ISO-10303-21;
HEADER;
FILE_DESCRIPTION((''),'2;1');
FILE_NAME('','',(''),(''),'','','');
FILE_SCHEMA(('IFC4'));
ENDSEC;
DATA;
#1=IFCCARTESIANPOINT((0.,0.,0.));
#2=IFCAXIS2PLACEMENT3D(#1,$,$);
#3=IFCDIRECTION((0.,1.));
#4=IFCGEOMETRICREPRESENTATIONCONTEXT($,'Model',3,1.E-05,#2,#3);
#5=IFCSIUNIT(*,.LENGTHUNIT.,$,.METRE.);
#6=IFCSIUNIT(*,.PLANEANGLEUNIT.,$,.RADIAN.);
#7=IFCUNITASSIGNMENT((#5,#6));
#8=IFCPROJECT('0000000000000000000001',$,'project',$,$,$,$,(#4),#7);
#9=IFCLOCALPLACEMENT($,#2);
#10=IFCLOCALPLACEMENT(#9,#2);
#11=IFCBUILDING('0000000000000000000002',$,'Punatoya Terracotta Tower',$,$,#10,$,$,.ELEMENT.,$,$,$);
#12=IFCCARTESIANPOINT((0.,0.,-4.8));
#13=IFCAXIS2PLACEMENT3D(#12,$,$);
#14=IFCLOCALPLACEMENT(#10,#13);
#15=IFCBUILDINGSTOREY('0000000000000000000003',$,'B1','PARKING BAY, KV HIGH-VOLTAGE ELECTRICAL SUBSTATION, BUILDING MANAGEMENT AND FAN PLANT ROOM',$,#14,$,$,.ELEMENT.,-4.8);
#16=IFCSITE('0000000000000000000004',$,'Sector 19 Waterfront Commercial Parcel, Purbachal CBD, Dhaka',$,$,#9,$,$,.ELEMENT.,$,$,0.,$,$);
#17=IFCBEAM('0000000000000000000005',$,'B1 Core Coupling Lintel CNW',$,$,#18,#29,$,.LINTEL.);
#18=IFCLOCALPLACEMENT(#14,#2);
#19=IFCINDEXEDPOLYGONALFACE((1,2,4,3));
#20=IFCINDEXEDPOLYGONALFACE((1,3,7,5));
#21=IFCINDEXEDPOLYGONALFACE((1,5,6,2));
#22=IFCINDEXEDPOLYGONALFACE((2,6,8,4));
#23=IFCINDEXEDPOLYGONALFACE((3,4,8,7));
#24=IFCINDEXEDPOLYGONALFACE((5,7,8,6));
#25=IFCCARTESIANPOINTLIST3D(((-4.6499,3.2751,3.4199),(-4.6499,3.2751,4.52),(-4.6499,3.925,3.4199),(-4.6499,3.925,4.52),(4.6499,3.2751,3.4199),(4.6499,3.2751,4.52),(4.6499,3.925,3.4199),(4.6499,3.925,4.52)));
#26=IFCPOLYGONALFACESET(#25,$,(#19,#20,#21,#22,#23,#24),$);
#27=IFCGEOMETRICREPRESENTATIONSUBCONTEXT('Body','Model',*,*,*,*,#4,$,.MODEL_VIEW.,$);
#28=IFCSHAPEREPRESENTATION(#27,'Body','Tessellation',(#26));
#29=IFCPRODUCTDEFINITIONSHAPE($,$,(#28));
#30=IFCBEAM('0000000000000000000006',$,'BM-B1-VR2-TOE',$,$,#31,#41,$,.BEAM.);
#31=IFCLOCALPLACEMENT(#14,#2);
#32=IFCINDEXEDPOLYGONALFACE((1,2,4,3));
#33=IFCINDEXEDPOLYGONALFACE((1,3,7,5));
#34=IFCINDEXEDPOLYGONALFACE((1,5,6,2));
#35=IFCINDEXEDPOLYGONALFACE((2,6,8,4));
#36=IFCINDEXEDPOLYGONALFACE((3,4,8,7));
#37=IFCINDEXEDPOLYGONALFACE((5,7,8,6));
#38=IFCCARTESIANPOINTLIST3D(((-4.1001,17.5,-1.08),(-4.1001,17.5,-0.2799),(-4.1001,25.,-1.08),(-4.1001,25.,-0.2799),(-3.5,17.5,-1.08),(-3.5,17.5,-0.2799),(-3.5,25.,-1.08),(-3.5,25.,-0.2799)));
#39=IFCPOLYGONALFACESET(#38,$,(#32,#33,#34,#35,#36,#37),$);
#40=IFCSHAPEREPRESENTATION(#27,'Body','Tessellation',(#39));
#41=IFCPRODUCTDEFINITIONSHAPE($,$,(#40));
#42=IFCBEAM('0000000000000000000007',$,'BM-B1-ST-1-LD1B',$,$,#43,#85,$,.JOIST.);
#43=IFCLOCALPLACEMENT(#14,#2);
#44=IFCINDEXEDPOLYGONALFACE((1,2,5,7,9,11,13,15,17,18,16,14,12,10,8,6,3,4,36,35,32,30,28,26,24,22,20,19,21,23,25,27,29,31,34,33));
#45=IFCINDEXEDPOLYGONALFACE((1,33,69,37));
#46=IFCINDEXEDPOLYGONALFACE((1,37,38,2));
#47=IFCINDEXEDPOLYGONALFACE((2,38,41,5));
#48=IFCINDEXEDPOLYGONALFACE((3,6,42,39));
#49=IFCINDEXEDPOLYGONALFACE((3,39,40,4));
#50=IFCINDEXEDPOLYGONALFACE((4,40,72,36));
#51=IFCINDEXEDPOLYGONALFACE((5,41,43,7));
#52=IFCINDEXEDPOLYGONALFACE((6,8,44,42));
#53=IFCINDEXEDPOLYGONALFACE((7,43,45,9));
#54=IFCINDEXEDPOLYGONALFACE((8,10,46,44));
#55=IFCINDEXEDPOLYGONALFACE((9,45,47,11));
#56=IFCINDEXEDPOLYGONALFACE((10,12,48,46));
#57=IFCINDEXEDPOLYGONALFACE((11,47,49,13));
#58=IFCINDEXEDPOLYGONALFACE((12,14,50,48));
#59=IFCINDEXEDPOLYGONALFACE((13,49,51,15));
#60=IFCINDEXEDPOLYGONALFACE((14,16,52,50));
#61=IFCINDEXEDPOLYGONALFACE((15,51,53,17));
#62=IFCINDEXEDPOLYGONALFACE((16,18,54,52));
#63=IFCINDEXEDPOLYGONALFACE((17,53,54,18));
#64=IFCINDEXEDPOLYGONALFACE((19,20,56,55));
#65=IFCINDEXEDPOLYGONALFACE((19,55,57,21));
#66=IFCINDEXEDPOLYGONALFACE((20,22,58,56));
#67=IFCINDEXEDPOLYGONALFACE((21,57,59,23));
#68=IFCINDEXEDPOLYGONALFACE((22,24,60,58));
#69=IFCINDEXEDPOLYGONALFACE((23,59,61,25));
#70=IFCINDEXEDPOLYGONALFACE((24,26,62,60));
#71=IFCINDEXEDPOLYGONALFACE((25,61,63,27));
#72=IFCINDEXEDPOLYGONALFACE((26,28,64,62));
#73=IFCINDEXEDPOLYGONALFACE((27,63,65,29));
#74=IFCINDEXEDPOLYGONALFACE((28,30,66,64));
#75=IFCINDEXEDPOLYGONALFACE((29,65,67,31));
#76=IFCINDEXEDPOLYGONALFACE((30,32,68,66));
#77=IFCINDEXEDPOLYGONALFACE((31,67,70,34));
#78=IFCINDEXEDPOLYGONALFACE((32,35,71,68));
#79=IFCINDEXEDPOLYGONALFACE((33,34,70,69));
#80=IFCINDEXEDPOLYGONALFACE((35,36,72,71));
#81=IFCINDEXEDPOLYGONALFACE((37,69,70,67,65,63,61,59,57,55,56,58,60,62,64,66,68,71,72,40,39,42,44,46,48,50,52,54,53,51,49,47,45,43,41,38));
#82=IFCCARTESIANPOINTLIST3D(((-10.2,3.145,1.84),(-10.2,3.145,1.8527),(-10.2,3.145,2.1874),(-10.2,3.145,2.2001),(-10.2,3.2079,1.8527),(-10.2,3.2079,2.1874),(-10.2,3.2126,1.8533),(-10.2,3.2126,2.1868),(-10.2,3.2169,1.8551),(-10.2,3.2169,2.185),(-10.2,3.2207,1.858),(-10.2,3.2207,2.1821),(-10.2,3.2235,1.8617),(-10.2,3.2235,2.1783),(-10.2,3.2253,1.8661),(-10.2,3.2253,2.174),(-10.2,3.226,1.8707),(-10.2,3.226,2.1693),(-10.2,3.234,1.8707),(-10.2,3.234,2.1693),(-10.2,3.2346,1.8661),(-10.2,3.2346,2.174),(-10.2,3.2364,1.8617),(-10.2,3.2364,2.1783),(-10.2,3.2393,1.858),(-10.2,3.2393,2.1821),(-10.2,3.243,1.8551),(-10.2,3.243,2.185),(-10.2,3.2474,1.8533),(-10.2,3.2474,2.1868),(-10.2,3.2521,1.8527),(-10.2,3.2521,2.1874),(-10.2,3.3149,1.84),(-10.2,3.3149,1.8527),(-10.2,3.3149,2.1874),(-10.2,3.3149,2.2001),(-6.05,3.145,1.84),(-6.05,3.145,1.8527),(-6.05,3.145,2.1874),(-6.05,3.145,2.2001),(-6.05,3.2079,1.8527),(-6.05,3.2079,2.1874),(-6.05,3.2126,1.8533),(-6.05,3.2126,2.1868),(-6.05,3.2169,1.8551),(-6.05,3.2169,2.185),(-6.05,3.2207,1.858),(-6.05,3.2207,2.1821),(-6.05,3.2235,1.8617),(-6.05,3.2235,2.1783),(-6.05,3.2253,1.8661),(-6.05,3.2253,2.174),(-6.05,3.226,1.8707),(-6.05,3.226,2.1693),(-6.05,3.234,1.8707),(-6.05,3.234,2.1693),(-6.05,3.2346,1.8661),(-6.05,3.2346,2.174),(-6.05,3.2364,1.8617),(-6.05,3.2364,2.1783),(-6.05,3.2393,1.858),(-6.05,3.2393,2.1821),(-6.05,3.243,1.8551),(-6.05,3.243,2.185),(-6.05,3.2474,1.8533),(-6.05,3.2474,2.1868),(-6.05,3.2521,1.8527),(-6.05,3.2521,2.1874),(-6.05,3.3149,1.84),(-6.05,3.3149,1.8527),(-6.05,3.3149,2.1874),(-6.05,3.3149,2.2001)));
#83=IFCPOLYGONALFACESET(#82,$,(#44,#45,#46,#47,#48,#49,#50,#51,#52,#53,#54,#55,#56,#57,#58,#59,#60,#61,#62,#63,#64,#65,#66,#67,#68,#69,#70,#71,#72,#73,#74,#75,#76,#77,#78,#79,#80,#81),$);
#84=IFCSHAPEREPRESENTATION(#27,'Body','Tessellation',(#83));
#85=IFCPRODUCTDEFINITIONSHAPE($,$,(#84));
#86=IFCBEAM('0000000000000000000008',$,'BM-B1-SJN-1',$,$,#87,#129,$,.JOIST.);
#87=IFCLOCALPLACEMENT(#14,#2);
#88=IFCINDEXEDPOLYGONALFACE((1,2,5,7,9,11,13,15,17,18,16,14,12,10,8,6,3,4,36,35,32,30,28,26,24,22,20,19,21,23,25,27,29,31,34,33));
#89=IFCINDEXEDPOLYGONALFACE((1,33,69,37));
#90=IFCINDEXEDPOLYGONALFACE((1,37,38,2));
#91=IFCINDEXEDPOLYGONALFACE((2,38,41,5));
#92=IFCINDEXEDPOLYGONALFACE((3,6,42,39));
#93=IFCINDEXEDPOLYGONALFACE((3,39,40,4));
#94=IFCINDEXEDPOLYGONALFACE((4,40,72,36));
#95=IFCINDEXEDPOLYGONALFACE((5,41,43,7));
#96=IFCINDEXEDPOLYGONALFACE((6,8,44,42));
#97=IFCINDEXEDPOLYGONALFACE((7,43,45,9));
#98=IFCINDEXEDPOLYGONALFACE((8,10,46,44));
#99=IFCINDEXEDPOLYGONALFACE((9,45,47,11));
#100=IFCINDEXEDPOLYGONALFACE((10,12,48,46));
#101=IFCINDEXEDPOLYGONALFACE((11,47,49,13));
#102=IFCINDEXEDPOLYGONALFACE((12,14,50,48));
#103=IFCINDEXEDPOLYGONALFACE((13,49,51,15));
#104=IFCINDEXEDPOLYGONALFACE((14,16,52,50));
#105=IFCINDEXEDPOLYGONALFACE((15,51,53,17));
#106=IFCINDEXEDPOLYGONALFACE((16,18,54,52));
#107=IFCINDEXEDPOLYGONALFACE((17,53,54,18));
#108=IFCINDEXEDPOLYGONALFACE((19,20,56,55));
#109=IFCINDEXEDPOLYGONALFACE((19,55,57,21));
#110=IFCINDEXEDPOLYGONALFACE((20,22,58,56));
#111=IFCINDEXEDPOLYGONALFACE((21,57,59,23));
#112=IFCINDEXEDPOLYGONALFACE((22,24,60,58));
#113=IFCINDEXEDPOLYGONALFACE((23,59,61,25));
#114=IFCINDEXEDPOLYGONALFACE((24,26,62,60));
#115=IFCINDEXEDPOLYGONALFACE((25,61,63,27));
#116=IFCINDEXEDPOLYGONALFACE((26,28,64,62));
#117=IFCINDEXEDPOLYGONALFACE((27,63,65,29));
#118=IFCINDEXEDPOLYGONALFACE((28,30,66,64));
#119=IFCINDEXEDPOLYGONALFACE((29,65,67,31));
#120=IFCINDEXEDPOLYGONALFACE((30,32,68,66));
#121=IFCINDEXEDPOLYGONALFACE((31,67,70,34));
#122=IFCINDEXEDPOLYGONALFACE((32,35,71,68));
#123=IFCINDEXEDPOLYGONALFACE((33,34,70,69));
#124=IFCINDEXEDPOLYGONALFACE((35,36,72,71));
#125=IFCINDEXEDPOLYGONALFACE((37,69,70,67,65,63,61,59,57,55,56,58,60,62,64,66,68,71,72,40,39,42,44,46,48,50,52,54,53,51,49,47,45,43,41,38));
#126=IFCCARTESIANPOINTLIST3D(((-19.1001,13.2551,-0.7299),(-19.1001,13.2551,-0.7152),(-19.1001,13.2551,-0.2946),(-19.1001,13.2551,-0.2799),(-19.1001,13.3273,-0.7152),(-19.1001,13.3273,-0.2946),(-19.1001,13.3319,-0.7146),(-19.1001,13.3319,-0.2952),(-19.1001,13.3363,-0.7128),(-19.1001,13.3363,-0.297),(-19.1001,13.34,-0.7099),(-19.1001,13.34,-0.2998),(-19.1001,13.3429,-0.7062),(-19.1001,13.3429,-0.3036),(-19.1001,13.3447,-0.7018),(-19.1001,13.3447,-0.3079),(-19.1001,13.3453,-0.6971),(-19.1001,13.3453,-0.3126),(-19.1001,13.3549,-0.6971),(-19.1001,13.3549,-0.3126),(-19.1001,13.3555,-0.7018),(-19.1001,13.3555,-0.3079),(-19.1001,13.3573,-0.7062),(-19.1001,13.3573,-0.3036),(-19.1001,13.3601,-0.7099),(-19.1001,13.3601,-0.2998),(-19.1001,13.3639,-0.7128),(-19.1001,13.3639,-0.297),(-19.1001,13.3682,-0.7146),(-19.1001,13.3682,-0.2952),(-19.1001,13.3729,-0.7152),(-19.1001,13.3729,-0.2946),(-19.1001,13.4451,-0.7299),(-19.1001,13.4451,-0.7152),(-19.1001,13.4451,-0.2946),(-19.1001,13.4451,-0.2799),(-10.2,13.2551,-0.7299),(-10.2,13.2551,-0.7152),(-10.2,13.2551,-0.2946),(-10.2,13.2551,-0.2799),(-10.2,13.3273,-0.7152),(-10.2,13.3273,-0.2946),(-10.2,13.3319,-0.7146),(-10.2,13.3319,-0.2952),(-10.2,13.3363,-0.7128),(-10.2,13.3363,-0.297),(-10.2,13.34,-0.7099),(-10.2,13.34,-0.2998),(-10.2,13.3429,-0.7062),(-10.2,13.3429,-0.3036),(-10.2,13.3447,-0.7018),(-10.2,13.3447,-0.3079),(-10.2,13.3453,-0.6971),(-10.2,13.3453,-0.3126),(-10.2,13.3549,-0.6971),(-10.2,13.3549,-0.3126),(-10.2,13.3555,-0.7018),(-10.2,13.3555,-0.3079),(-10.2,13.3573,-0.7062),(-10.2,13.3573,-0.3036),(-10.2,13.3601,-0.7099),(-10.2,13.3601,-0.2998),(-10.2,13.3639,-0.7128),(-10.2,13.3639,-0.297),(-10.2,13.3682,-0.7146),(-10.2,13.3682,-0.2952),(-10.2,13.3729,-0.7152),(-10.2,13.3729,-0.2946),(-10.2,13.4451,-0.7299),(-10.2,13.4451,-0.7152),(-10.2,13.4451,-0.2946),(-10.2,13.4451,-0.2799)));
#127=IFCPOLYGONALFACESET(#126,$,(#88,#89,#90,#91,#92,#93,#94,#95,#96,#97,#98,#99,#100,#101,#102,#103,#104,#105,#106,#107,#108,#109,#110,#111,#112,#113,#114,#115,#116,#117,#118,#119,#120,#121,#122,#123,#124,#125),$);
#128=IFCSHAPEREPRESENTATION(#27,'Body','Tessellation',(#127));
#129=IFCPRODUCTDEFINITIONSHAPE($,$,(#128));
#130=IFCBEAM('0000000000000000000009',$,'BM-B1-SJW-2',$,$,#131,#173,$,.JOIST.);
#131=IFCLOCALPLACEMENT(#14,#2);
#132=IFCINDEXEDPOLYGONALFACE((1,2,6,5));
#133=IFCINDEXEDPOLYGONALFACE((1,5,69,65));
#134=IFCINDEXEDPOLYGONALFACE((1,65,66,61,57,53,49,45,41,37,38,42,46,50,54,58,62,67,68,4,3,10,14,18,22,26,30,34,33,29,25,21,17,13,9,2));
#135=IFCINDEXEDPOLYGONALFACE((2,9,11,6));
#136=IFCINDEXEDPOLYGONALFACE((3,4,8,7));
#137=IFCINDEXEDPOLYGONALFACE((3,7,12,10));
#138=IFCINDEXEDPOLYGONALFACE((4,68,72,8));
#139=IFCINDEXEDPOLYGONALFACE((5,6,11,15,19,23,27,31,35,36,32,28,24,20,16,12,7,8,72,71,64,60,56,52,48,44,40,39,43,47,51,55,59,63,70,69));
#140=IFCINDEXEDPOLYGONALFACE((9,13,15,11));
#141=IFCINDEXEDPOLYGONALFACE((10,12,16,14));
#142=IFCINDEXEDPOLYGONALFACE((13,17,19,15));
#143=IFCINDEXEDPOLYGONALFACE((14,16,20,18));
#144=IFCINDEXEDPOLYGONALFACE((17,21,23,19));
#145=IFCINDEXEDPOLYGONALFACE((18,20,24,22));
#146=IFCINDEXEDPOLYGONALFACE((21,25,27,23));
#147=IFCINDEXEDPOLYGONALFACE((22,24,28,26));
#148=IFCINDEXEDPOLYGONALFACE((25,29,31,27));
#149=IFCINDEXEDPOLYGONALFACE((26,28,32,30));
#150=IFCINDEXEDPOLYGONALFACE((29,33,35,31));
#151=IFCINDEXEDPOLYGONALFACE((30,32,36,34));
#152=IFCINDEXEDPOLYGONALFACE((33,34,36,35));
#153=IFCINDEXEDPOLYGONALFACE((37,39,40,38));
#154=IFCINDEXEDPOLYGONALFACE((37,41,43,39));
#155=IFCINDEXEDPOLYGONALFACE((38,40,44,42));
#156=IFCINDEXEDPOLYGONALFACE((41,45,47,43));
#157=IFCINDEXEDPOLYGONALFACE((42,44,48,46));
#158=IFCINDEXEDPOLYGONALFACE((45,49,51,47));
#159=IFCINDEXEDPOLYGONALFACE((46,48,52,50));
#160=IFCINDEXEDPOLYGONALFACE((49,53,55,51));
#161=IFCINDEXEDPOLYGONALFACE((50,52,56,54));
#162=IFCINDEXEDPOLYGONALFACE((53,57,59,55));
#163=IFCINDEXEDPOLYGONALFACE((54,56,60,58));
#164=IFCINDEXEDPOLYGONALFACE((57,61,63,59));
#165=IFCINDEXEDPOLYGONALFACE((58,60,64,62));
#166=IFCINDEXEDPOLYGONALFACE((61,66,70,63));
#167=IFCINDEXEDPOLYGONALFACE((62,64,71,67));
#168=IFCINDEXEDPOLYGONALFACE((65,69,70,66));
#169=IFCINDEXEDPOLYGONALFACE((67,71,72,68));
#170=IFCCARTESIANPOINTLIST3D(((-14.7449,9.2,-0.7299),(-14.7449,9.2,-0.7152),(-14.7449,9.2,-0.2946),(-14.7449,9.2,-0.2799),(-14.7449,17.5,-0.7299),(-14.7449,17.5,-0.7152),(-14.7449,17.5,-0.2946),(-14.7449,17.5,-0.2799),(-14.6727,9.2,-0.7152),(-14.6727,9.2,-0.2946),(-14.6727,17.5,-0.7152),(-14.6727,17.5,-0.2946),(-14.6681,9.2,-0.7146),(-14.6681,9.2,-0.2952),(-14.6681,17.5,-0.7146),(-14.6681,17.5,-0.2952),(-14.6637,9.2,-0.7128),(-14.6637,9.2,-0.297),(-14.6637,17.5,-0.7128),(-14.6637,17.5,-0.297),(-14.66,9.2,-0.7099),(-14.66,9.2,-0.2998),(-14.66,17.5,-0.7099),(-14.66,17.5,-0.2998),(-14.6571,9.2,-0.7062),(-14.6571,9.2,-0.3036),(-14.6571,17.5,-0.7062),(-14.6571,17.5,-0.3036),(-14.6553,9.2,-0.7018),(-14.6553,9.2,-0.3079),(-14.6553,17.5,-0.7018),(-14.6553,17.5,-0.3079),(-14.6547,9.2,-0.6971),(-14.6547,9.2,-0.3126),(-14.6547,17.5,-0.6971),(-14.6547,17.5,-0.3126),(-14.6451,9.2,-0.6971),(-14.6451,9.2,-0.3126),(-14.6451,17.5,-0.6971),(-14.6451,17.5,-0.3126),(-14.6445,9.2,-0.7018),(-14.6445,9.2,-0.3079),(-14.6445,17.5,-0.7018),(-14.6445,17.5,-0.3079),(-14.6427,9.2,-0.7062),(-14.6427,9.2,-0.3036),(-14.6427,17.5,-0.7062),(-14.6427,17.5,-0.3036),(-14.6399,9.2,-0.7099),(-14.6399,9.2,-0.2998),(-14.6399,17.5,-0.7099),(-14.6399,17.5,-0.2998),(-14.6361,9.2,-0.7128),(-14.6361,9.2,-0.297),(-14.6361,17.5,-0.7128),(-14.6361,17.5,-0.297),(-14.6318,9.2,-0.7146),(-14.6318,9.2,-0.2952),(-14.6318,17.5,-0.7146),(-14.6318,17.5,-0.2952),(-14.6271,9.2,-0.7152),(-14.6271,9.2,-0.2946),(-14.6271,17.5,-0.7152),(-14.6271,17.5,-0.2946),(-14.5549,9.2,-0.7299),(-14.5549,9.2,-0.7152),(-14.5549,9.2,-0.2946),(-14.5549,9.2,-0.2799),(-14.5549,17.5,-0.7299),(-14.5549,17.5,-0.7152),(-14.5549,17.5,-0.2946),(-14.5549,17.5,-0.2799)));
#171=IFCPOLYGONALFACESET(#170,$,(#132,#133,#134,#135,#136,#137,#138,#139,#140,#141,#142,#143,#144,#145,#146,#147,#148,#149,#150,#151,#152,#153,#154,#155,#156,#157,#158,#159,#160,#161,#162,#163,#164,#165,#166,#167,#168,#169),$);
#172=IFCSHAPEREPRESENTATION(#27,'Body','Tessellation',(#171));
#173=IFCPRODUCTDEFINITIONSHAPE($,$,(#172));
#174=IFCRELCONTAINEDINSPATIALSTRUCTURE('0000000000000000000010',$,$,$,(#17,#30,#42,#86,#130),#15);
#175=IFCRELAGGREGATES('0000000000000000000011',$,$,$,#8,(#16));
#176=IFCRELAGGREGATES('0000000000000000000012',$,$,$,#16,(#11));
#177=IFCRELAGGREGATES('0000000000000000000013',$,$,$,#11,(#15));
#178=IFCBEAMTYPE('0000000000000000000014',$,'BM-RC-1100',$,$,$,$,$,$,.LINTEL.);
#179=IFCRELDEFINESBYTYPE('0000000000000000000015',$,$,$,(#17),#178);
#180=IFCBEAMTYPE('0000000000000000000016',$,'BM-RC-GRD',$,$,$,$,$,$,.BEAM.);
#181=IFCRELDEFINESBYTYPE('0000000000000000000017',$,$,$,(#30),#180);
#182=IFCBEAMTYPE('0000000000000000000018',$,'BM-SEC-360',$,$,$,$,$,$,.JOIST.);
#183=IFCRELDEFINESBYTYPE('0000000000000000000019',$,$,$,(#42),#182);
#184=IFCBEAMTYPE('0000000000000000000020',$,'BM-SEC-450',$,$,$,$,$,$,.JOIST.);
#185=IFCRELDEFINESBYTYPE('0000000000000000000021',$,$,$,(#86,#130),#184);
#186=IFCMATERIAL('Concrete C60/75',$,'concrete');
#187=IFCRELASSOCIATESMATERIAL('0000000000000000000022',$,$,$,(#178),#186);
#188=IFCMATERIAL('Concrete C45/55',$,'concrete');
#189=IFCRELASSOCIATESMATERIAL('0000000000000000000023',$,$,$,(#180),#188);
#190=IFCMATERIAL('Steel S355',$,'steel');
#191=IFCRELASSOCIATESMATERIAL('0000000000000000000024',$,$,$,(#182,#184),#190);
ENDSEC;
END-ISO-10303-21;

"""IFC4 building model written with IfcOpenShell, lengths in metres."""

from ifc_helpers import new_model, si_unit, direction, frame, origin, origin_2d, place, context, subcontext, project, spatial, rectangle, i_section, extrude, material, material_profile, profile_set, type_object, element, save


model = new_model("IFC4")

# Units and contexts
model_context = context("Model", 3, precision=1e-05, world=origin(), true_north=direction((0.0, 1.0)))
body_context = subcontext(model_context, "Body", "Model", "MODEL_VIEW")
ifc_project = project(units=[si_unit("LENGTHUNIT", "METRE"), si_unit("PLANEANGLEUNIT", "RADIAN")], contexts=[model_context])

# Site, building, storey
site_placement = place(None, origin())
site = spatial("IfcSite", under=ifc_project, at=site_placement, Name="Sector 19 Waterfront Commercial Parcel, Purbachal CBD, Dhaka", CompositionType="ELEMENT", RefElevation=0.0)
building_placement = place(site_placement, origin())
building = spatial("IfcBuilding", under=site, at=building_placement, Name="Punatoya Terracotta Tower", CompositionType="ELEMENT")
storey_placement = place(building_placement, frame((0.0, 0.0, -4.8)))
storey = spatial("IfcBuildingStorey", under=building, at=storey_placement, Name="B1", Description="PARKING BAY, KV HIGH-VOLTAGE ELECTRICAL SUBSTATION, BUILDING MANAGEMENT AND FAN PLANT ROOM", CompositionType="ELEMENT", Elevation=-4.8)

# Shared definitions
ifc_material_1 = material(Name="Concrete C60/75", Category="concrete")

# Beams
ifc_material_2 = material(Name="Steel S355", Category="steel")
ifc_material_profile_1 = material_profile(ifc_material_1, rectangle(XDim=0.6499, YDim=1.1001, at=origin_2d()))
ifc_profile_set_1 = profile_set([ifc_material_profile_1], Name="Concrete C60/75")
beam_type_1 = type_object("IfcBeamType", Name="BM-RC-1100", PredefinedType="LINTEL", material=ifc_profile_set_1)
beam_1_placement = place(storey_placement, frame((-4.6499, 3.6001, 3.97), z_axis=(1.0, 0.0, 0.0), x_axis=(0.0, 1.0, 0.0)))
element("IfcBeam", 1, at=beam_1_placement, inside=storey, type_object=beam_type_1, Name="B1 Core Coupling Lintel CNW", PredefinedType="LINTEL", context=body_context, shape_type="SweptSolid", body=[
    extrude(rectangle(XDim=0.6499, YDim=1.1001, at=origin_2d()), origin(), (0.0, 0.0, 1.0), 9.2998),
])
ifc_material_3 = material(Name="Concrete C45/55", Category="concrete")
ifc_material_profile_2 = material_profile(ifc_material_3, rectangle(XDim=0.6001, YDim=0.8, at=origin_2d()))
ifc_profile_set_2 = profile_set([ifc_material_profile_2], Name="Concrete C45/55")
beam_type_2 = type_object("IfcBeamType", Name="BM-RC-GRD", PredefinedType="BEAM", material=ifc_profile_set_2)
beam_2_placement = place(storey_placement, frame((-3.8, 17.5, -0.6799), z_axis=(0.0, 1.0, 0.0), x_axis=(-1.0, 0.0, 0.0)))
element("IfcBeam", 2, at=beam_2_placement, inside=storey, type_object=beam_type_2, Name="BM-B1-VR2-TOE", PredefinedType="BEAM", context=body_context, shape_type="SweptSolid", body=[
    extrude(rectangle(XDim=0.6001, YDim=0.8, at=origin_2d()), origin(), (0.0, 0.0, 1.0), 7.5),
])
ifc_material_profile_3 = material_profile(ifc_material_2, i_section(OverallWidth=0.1699, OverallDepth=0.3601, WebThickness=0.0081, FlangeThickness=0.0127, FilletRadius=0.0181, at=origin_2d()))
ifc_profile_set_3 = profile_set([ifc_material_profile_3], Name="Steel S355")
beam_type_3 = type_object("IfcBeamType", Name="BM-SEC-360", PredefinedType="JOIST", material=ifc_profile_set_3)
beam_3_placement = place(storey_placement, frame((-10.2, 3.23, 2.02), z_axis=(1.0, 0.0, 0.0), x_axis=(0.0, 1.0, 0.0)))
element("IfcBeam", 3, at=beam_3_placement, inside=storey, type_object=beam_type_3, Name="BM-B1-ST-1-LD1B", PredefinedType="JOIST", context=body_context, shape_type="SweptSolid", body=[
    extrude(i_section(OverallWidth=0.1699, OverallDepth=0.3601, WebThickness=0.0081, FlangeThickness=0.0127, FilletRadius=0.0181, at=origin_2d()), origin(), (0.0, 0.0, 1.0), 4.1499),
])
ifc_material_profile_4 = material_profile(ifc_material_2, i_section(OverallWidth=0.1899, OverallDepth=0.45, WebThickness=0.0095, FlangeThickness=0.0146, FilletRadius=0.0181, at=origin_2d()))
ifc_profile_set_4 = profile_set([ifc_material_profile_4], Name="Steel S355")
beam_type_4 = type_object("IfcBeamType", Name="BM-SEC-450", PredefinedType="JOIST", material=ifc_profile_set_4)
beam_4_placement = place(storey_placement, frame((-19.1001, 13.3501, -0.5049), z_axis=(1.0, 0.0, 0.0), x_axis=(0.0, 1.0, 0.0)))
element("IfcBeam", 4, at=beam_4_placement, inside=storey, type_object=beam_type_4, Name="BM-B1-SJN-1", PredefinedType="JOIST", context=body_context, shape_type="SweptSolid", body=[
    extrude(i_section(OverallWidth=0.1899, OverallDepth=0.45, WebThickness=0.0095, FlangeThickness=0.0146, FilletRadius=0.0181, at=origin_2d()), origin(), (0.0, 0.0, 1.0), 8.9001),
])
beam_5_placement = place(storey_placement, frame((-14.6499, 9.2, -0.5049), z_axis=(0.0, 1.0, 0.0), x_axis=(-1.0, 0.0, 0.0)))
element("IfcBeam", 5, at=beam_5_placement, inside=storey, type_object=beam_type_4, Name="BM-B1-SJW-2", PredefinedType="JOIST", context=body_context, shape_type="SweptSolid", body=[
    extrude(i_section(OverallWidth=0.1899, OverallDepth=0.45, WebThickness=0.0095, FlangeThickness=0.0146, FilletRadius=0.0181, at=origin_2d()), origin(), (0.0, 0.0, 1.0), 8.3),
])

save(model, "model.ifc")
